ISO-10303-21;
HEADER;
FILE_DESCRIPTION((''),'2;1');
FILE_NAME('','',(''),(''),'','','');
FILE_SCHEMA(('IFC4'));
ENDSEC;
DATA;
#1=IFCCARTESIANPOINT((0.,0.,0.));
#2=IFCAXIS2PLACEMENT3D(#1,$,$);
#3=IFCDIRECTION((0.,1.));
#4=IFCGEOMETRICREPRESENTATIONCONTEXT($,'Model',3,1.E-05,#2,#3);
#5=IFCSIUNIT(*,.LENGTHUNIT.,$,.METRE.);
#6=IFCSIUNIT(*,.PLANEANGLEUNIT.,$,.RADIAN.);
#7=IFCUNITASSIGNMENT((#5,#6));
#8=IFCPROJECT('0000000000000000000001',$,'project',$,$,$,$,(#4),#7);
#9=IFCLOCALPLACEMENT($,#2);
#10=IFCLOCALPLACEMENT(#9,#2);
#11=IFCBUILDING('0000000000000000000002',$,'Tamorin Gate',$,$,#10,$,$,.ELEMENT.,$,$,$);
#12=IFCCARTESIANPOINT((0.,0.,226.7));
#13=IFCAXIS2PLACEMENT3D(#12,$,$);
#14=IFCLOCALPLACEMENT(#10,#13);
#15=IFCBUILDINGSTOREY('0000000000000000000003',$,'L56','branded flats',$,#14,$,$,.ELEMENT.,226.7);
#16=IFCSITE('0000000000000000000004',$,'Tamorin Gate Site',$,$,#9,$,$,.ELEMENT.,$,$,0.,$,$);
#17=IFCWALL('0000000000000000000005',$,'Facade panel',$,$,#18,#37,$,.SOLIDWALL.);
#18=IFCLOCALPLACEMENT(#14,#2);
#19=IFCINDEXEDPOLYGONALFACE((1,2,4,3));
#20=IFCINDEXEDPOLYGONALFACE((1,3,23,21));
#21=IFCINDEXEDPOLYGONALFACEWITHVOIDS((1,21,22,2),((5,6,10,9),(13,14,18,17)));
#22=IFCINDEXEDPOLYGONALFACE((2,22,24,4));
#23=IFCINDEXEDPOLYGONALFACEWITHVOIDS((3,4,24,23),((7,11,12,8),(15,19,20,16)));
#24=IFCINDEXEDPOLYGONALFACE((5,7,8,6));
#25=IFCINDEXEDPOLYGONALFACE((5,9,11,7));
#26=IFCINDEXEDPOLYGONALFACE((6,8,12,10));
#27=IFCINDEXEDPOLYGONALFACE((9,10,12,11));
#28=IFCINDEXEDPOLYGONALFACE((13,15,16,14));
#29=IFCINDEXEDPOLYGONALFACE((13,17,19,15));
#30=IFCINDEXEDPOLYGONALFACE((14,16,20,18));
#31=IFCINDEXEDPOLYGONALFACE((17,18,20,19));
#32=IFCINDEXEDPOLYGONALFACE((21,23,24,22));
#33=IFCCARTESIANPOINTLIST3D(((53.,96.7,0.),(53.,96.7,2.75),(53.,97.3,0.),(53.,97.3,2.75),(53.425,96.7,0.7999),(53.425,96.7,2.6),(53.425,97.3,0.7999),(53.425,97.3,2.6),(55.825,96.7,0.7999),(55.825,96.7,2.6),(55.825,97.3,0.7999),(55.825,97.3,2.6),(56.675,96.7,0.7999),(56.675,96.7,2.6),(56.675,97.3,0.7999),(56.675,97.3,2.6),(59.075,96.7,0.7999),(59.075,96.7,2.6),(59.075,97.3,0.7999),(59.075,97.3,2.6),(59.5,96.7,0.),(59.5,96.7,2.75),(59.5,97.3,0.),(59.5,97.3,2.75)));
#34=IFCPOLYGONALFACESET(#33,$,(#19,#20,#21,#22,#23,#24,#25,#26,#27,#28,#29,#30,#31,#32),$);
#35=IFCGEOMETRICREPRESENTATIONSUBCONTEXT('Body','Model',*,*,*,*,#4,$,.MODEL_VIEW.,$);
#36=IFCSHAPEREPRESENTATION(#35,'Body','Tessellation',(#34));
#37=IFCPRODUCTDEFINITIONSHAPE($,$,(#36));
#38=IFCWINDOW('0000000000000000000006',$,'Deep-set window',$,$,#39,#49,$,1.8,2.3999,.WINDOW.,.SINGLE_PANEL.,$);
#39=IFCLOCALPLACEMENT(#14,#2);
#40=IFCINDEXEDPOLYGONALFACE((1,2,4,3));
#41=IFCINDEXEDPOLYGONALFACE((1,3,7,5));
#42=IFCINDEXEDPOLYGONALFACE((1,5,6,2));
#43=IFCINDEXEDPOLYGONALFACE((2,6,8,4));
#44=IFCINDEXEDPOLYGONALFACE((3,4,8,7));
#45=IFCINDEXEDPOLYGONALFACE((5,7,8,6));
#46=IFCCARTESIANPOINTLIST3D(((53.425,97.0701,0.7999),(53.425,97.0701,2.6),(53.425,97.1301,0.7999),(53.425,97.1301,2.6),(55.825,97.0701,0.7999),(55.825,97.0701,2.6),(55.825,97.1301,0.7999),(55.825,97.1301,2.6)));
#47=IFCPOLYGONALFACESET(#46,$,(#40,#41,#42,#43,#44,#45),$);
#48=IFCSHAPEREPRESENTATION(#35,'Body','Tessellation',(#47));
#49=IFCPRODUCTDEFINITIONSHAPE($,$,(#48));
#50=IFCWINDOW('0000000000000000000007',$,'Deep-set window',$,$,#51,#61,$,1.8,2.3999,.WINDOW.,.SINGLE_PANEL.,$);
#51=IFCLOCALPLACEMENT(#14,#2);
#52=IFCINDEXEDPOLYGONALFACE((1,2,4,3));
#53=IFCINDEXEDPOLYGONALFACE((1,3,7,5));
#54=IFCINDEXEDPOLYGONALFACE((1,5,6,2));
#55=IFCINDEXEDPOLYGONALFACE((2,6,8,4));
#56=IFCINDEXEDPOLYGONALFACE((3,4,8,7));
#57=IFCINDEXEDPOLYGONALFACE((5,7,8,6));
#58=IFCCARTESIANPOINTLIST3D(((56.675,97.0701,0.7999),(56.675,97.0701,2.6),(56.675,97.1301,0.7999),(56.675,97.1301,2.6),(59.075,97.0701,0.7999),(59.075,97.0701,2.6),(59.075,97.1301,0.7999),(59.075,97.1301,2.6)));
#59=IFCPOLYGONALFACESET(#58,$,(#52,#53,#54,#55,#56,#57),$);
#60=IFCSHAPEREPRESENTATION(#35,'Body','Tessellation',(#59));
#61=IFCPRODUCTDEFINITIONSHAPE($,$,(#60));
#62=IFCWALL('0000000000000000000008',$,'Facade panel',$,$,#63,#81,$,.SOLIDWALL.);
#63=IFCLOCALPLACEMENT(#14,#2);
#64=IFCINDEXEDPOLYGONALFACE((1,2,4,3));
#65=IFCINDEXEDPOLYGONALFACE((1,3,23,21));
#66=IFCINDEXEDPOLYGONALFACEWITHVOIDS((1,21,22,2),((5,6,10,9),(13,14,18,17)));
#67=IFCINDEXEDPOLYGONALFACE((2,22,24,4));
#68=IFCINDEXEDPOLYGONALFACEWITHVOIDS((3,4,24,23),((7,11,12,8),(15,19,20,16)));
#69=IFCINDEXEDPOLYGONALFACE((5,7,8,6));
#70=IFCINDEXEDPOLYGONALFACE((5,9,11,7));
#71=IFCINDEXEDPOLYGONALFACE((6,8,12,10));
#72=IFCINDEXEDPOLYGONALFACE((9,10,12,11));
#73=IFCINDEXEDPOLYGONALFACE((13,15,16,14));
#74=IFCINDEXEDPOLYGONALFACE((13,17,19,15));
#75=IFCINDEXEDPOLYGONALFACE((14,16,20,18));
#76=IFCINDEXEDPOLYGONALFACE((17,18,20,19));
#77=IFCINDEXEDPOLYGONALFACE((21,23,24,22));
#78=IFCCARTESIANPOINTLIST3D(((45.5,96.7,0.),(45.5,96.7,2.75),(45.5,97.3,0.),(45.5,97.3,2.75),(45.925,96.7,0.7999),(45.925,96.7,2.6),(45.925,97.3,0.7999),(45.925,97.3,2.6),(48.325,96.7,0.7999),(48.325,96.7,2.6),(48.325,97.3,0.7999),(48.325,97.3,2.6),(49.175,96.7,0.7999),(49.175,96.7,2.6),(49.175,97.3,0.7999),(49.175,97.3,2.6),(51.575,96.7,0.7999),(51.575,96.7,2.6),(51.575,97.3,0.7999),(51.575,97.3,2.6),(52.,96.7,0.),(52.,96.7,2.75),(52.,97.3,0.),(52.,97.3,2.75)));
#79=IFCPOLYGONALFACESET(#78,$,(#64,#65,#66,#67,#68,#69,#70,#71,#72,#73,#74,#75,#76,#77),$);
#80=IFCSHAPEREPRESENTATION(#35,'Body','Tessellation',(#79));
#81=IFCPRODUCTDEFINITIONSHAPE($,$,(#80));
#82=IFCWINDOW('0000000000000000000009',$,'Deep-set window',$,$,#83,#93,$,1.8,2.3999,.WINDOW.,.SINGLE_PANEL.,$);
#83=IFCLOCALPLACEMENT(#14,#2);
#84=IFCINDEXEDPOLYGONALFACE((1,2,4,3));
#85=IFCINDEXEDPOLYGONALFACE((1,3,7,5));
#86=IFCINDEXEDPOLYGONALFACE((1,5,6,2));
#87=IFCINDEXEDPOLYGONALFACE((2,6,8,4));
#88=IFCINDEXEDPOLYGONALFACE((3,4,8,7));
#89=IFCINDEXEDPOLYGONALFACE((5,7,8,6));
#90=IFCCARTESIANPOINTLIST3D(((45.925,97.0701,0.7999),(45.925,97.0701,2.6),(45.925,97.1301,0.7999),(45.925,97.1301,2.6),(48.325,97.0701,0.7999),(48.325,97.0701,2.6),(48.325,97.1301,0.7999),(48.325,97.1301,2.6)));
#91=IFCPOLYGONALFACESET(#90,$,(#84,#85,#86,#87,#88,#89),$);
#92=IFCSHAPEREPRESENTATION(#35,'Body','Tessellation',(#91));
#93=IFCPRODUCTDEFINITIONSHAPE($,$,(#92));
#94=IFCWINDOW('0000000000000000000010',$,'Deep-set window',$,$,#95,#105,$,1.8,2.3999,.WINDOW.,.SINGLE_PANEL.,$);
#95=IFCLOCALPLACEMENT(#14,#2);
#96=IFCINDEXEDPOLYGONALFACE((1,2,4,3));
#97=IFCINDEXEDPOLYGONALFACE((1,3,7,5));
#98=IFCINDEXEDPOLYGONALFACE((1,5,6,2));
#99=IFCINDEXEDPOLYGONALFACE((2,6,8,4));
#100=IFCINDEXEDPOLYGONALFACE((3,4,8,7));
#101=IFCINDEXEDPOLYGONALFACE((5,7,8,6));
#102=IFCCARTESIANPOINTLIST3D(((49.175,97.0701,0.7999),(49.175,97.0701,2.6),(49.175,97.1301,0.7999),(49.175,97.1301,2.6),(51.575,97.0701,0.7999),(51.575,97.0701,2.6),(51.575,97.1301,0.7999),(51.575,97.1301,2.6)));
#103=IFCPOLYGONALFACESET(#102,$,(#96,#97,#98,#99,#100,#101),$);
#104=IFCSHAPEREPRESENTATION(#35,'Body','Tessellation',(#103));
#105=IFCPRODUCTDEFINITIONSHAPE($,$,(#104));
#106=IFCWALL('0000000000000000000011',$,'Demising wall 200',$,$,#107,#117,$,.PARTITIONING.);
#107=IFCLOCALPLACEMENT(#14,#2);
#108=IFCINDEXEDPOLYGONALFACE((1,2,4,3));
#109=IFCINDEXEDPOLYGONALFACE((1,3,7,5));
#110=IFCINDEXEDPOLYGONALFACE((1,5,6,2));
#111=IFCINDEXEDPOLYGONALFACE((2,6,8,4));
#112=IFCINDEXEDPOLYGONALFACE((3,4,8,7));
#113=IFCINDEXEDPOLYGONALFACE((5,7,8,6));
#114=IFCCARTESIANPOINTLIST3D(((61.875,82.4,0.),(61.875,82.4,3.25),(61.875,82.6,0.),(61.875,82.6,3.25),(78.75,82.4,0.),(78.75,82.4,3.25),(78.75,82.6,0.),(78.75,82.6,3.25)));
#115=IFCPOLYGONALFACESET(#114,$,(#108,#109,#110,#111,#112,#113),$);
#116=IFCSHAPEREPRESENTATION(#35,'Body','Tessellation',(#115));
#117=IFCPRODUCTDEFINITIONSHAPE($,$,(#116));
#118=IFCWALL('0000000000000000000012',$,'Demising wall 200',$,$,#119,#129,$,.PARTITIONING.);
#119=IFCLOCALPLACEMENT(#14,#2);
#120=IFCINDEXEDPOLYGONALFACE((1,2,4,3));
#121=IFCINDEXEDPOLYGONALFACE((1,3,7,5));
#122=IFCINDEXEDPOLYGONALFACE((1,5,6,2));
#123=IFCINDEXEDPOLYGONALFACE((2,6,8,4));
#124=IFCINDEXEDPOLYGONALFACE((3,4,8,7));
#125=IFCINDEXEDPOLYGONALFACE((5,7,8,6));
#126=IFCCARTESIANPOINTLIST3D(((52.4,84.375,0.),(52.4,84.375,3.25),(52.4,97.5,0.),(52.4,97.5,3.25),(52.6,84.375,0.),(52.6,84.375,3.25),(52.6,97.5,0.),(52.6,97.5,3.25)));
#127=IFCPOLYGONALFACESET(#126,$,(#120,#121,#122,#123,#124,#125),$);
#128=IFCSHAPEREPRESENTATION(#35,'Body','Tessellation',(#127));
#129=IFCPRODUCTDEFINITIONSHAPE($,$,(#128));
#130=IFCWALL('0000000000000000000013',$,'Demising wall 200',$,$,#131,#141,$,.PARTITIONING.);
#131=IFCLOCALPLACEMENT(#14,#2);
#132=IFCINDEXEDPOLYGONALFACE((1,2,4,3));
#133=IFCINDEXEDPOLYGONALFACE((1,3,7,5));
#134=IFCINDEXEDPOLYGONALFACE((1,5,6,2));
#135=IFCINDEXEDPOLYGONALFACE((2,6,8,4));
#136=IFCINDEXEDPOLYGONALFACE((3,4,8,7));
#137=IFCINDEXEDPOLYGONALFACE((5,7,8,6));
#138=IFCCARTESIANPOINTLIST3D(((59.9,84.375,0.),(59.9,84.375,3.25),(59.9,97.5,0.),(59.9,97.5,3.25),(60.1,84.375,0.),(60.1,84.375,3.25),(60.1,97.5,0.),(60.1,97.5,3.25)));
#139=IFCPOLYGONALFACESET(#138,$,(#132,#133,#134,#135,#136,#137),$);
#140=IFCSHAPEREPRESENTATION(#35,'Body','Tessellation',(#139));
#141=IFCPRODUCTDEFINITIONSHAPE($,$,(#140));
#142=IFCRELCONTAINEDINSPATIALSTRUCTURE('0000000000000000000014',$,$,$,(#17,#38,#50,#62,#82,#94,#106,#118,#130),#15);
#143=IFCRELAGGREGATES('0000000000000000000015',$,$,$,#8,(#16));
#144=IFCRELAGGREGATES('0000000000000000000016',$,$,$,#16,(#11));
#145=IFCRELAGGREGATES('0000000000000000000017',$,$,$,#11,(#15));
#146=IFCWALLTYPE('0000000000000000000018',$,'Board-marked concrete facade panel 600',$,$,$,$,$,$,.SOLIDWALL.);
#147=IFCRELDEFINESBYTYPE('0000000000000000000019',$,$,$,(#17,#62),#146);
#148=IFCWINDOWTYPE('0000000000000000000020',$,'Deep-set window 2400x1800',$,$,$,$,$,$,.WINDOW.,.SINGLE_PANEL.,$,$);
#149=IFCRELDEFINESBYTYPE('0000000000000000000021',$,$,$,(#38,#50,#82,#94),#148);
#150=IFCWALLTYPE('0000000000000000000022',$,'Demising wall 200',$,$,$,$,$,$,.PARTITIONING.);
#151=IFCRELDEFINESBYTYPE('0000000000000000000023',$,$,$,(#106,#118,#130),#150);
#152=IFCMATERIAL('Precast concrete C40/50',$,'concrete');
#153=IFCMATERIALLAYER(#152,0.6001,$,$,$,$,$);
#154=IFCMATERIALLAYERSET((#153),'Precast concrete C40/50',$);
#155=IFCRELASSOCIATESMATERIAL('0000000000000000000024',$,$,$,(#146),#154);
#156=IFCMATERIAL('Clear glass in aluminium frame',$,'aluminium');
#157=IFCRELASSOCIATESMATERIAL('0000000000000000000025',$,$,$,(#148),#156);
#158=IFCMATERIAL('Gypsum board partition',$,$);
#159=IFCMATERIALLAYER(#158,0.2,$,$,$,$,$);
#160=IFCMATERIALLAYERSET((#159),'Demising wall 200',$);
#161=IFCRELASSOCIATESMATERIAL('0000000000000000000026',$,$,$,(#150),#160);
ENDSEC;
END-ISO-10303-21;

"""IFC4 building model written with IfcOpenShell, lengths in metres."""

from ifc_helpers import new_model, si_unit, direction, frame, frame_2d, origin, place, context, subcontext, project, spatial, rectangle, extrude, material, layer, layer_set, type_object, element, fill, save


model = new_model("IFC4")

# Units and contexts
model_context = context("Model", 3, precision=1e-05, world=origin(), true_north=direction((0.0, 1.0)))
body_context = subcontext(model_context, "Body", "Model", "MODEL_VIEW")
ifc_project = project(units=[si_unit("LENGTHUNIT", "METRE"), si_unit("PLANEANGLEUNIT", "RADIAN")], contexts=[model_context])

# Site, building, storey
site_placement = place(None, origin())
site = spatial("IfcSite", under=ifc_project, at=site_placement, Name="Tamorin Gate Site", CompositionType="ELEMENT", RefElevation=0.0)
building_placement = place(site_placement, origin())
building = spatial("IfcBuilding", under=site, at=building_placement, Name="Tamorin Gate", CompositionType="ELEMENT")
storey_placement = place(building_placement, frame((0.0, 0.0, 226.7)))
storey = spatial("IfcBuildingStorey", under=building, at=storey_placement, Name="L56", Description="branded flats", CompositionType="ELEMENT", Elevation=226.7)

# Walls, openings, windows
ifc_material_1 = material(Name="Precast concrete C40/50", Category="concrete")
ifc_layer_1 = layer(ifc_material_1, 0.6001)
ifc_layer_set_1 = layer_set([ifc_layer_1], Name="Precast concrete C40/50")
wall_type_1 = type_object("IfcWallType", Name="Board-marked concrete facade panel 600", PredefinedType="SOLIDWALL", material=ifc_layer_set_1)
ifc_material_2 = material(Name="Clear glass in aluminium frame", Category="aluminium")
window_type = type_object("IfcWindowType", Name="Deep-set window 2400x1800", PartitioningType="SINGLE_PANEL", PredefinedType="WINDOW", material=ifc_material_2)
wall_1_placement = place(storey_placement, frame((59.5, 97.0, 0.0), z_axis=(0.0, 0.0, 1.0), x_axis=(-1.0, 0.0, 0.0)))
wall_1 = element("IfcWall", 1, at=wall_1_placement, inside=storey, type_object=wall_type_1, Name="Facade panel", PredefinedType="SOLIDWALL", context=body_context, shape_type="SweptSolid", body=[
    extrude(rectangle(XDim=6.5, YDim=0.6001, at=frame_2d((3.25, 0.0))), origin(), (0.0, 0.0, 1.0), 2.75),
])
opening_1_placement = place(wall_1_placement, frame((3.675, 0.0, 0.8)))
opening_1 = element("IfcOpeningElement", 2, at=opening_1_placement, cuts=wall_1, PredefinedType="OPENING", context=body_context, shape_type="SweptSolid", body=[
    extrude(rectangle(XDim=2.3999, YDim=1.8, at=frame_2d((1.2, 0.8999))), frame((0.0, 0.3101, 0.0), z_axis=(0.0, -1.0, 0.0), x_axis=(1.0, 0.0, 0.0)), (0.0, 0.0, 1.0), 0.6201),
])
opening_2_placement = place(wall_1_placement, frame((0.425, 0.0, 0.8)))
opening_2 = element("IfcOpeningElement", 3, at=opening_2_placement, cuts=wall_1, PredefinedType="OPENING", context=body_context, shape_type="SweptSolid", body=[
    extrude(rectangle(XDim=2.3999, YDim=1.8, at=frame_2d((1.2, 0.8999))), frame((0.0, 0.3101, 0.0), z_axis=(0.0, -1.0, 0.0), x_axis=(1.0, 0.0, 0.0)), (0.0, 0.0, 1.0), 0.6201),
])
window_1_placement = place(opening_1_placement, origin())
window_1 = element("IfcWindow", 4, at=window_1_placement, inside=storey, type_object=window_type, Name="Deep-set window", OverallHeight=1.8, OverallWidth=2.3999, PartitioningType="SINGLE_PANEL", PredefinedType="WINDOW", context=body_context, shape_type="SweptSolid", body=[
    extrude(rectangle(XDim=2.3999, YDim=1.8, at=frame_2d((1.2, 0.8999))), frame((0.0, -0.0701, 0.0), z_axis=(0.0, -1.0, 0.0), x_axis=(1.0, 0.0, 0.0)), (0.0, 0.0, 1.0), 0.0601),
])
fill(opening_1, window_1)
window_2_placement = place(opening_2_placement, origin())
window_2 = element("IfcWindow", 5, at=window_2_placement, inside=storey, type_object=window_type, Name="Deep-set window", OverallHeight=1.8, OverallWidth=2.3999, PartitioningType="SINGLE_PANEL", PredefinedType="WINDOW", context=body_context, shape_type="SweptSolid", body=[
    extrude(rectangle(XDim=2.3999, YDim=1.8, at=frame_2d((1.2, 0.8999))), frame((0.0, -0.0701, 0.0), z_axis=(0.0, -1.0, 0.0), x_axis=(1.0, 0.0, 0.0)), (0.0, 0.0, 1.0), 0.0601),
])
fill(opening_2, window_2)
wall_2_placement = place(storey_placement, frame((52.0, 97.0, 0.0), z_axis=(0.0, 0.0, 1.0), x_axis=(-1.0, 0.0, 0.0)))
wall_2 = element("IfcWall", 6, at=wall_2_placement, inside=storey, type_object=wall_type_1, Name="Facade panel", PredefinedType="SOLIDWALL", context=body_context, shape_type="SweptSolid", body=[
    extrude(rectangle(XDim=6.5, YDim=0.6001, at=frame_2d((3.25, 0.0))), origin(), (0.0, 0.0, 1.0), 2.75),
])
opening_3_placement = place(wall_2_placement, frame((3.675, 0.0, 0.8)))
opening_3 = element("IfcOpeningElement", 7, at=opening_3_placement, cuts=wall_2, PredefinedType="OPENING", context=body_context, shape_type="SweptSolid", body=[
    extrude(rectangle(XDim=2.3999, YDim=1.8, at=frame_2d((1.2, 0.8999))), frame((0.0, 0.3101, 0.0), z_axis=(0.0, -1.0, 0.0), x_axis=(1.0, 0.0, 0.0)), (0.0, 0.0, 1.0), 0.6201),
])
opening_4_placement = place(wall_2_placement, frame((0.425, 0.0, 0.8)))
opening_4 = element("IfcOpeningElement", 8, at=opening_4_placement, cuts=wall_2, PredefinedType="OPENING", context=body_context, shape_type="SweptSolid", body=[
    extrude(rectangle(XDim=2.3999, YDim=1.8, at=frame_2d((1.2, 0.8999))), frame((0.0, 0.3101, 0.0), z_axis=(0.0, -1.0, 0.0), x_axis=(1.0, 0.0, 0.0)), (0.0, 0.0, 1.0), 0.6201),
])
window_3_placement = place(opening_3_placement, origin())
window_3 = element("IfcWindow", 9, at=window_3_placement, inside=storey, type_object=window_type, Name="Deep-set window", OverallHeight=1.8, OverallWidth=2.3999, PartitioningType="SINGLE_PANEL", PredefinedType="WINDOW", context=body_context, shape_type="SweptSolid", body=[
    extrude(rectangle(XDim=2.3999, YDim=1.8, at=frame_2d((1.2, 0.8999))), frame((0.0, -0.0701, 0.0), z_axis=(0.0, -1.0, 0.0), x_axis=(1.0, 0.0, 0.0)), (0.0, 0.0, 1.0), 0.0601),
])
fill(opening_3, window_3)
window_4_placement = place(opening_4_placement, origin())
window_4 = element("IfcWindow", 10, at=window_4_placement, inside=storey, type_object=window_type, Name="Deep-set window", OverallHeight=1.8, OverallWidth=2.3999, PartitioningType="SINGLE_PANEL", PredefinedType="WINDOW", context=body_context, shape_type="SweptSolid", body=[
    extrude(rectangle(XDim=2.3999, YDim=1.8, at=frame_2d((1.2, 0.8999))), frame((0.0, -0.0701, 0.0), z_axis=(0.0, -1.0, 0.0), x_axis=(1.0, 0.0, 0.0)), (0.0, 0.0, 1.0), 0.0601),
])
fill(opening_4, window_4)

# Walls
ifc_material_3 = material(Name="Gypsum board partition")
ifc_layer_2 = layer(ifc_material_3, 0.2)
ifc_layer_set_2 = layer_set([ifc_layer_2], Name="Demising wall 200")
wall_type_2 = type_object("IfcWallType", Name="Demising wall 200", PredefinedType="PARTITIONING", material=ifc_layer_set_2)
wall_3_placement = place(storey_placement, frame((61.875, 82.5, 0.0), z_axis=(0.0, 0.0, 1.0), x_axis=(1.0, 0.0, 0.0)))
element("IfcWall", 11, at=wall_3_placement, inside=storey, type_object=wall_type_2, Name="Demising wall 200", PredefinedType="PARTITIONING", context=body_context, shape_type="SweptSolid", body=[
    extrude(rectangle(XDim=16.875, YDim=0.2, at=frame_2d((8.4375, 0.0))), origin(), (0.0, 0.0, 1.0), 3.25),
])
for number, where, z_axis, x_axis, name in (
    (12, (52.5, 84.375, 0.0), (0.0, 0.0, 1.0), (0.0, 1.0, 0.0), "Demising wall 200"),
    (13, (60.0, 84.375, 0.0), (0.0, 0.0, 1.0), (0.0, 1.0, 0.0), "Demising wall 200"),
):
    element("IfcWall", number, at=place(storey_placement, frame(where, z_axis=z_axis, x_axis=x_axis)), inside=storey, type_object=wall_type_2, Name=name, PredefinedType="PARTITIONING", context=body_context, shape_type="SweptSolid", body=[
        extrude(rectangle(XDim=13.125, YDim=0.2, at=frame_2d((6.5625, 0.0))), origin(), (0.0, 0.0, 1.0), 3.25),
    ])

save(model, "model.ifc")
